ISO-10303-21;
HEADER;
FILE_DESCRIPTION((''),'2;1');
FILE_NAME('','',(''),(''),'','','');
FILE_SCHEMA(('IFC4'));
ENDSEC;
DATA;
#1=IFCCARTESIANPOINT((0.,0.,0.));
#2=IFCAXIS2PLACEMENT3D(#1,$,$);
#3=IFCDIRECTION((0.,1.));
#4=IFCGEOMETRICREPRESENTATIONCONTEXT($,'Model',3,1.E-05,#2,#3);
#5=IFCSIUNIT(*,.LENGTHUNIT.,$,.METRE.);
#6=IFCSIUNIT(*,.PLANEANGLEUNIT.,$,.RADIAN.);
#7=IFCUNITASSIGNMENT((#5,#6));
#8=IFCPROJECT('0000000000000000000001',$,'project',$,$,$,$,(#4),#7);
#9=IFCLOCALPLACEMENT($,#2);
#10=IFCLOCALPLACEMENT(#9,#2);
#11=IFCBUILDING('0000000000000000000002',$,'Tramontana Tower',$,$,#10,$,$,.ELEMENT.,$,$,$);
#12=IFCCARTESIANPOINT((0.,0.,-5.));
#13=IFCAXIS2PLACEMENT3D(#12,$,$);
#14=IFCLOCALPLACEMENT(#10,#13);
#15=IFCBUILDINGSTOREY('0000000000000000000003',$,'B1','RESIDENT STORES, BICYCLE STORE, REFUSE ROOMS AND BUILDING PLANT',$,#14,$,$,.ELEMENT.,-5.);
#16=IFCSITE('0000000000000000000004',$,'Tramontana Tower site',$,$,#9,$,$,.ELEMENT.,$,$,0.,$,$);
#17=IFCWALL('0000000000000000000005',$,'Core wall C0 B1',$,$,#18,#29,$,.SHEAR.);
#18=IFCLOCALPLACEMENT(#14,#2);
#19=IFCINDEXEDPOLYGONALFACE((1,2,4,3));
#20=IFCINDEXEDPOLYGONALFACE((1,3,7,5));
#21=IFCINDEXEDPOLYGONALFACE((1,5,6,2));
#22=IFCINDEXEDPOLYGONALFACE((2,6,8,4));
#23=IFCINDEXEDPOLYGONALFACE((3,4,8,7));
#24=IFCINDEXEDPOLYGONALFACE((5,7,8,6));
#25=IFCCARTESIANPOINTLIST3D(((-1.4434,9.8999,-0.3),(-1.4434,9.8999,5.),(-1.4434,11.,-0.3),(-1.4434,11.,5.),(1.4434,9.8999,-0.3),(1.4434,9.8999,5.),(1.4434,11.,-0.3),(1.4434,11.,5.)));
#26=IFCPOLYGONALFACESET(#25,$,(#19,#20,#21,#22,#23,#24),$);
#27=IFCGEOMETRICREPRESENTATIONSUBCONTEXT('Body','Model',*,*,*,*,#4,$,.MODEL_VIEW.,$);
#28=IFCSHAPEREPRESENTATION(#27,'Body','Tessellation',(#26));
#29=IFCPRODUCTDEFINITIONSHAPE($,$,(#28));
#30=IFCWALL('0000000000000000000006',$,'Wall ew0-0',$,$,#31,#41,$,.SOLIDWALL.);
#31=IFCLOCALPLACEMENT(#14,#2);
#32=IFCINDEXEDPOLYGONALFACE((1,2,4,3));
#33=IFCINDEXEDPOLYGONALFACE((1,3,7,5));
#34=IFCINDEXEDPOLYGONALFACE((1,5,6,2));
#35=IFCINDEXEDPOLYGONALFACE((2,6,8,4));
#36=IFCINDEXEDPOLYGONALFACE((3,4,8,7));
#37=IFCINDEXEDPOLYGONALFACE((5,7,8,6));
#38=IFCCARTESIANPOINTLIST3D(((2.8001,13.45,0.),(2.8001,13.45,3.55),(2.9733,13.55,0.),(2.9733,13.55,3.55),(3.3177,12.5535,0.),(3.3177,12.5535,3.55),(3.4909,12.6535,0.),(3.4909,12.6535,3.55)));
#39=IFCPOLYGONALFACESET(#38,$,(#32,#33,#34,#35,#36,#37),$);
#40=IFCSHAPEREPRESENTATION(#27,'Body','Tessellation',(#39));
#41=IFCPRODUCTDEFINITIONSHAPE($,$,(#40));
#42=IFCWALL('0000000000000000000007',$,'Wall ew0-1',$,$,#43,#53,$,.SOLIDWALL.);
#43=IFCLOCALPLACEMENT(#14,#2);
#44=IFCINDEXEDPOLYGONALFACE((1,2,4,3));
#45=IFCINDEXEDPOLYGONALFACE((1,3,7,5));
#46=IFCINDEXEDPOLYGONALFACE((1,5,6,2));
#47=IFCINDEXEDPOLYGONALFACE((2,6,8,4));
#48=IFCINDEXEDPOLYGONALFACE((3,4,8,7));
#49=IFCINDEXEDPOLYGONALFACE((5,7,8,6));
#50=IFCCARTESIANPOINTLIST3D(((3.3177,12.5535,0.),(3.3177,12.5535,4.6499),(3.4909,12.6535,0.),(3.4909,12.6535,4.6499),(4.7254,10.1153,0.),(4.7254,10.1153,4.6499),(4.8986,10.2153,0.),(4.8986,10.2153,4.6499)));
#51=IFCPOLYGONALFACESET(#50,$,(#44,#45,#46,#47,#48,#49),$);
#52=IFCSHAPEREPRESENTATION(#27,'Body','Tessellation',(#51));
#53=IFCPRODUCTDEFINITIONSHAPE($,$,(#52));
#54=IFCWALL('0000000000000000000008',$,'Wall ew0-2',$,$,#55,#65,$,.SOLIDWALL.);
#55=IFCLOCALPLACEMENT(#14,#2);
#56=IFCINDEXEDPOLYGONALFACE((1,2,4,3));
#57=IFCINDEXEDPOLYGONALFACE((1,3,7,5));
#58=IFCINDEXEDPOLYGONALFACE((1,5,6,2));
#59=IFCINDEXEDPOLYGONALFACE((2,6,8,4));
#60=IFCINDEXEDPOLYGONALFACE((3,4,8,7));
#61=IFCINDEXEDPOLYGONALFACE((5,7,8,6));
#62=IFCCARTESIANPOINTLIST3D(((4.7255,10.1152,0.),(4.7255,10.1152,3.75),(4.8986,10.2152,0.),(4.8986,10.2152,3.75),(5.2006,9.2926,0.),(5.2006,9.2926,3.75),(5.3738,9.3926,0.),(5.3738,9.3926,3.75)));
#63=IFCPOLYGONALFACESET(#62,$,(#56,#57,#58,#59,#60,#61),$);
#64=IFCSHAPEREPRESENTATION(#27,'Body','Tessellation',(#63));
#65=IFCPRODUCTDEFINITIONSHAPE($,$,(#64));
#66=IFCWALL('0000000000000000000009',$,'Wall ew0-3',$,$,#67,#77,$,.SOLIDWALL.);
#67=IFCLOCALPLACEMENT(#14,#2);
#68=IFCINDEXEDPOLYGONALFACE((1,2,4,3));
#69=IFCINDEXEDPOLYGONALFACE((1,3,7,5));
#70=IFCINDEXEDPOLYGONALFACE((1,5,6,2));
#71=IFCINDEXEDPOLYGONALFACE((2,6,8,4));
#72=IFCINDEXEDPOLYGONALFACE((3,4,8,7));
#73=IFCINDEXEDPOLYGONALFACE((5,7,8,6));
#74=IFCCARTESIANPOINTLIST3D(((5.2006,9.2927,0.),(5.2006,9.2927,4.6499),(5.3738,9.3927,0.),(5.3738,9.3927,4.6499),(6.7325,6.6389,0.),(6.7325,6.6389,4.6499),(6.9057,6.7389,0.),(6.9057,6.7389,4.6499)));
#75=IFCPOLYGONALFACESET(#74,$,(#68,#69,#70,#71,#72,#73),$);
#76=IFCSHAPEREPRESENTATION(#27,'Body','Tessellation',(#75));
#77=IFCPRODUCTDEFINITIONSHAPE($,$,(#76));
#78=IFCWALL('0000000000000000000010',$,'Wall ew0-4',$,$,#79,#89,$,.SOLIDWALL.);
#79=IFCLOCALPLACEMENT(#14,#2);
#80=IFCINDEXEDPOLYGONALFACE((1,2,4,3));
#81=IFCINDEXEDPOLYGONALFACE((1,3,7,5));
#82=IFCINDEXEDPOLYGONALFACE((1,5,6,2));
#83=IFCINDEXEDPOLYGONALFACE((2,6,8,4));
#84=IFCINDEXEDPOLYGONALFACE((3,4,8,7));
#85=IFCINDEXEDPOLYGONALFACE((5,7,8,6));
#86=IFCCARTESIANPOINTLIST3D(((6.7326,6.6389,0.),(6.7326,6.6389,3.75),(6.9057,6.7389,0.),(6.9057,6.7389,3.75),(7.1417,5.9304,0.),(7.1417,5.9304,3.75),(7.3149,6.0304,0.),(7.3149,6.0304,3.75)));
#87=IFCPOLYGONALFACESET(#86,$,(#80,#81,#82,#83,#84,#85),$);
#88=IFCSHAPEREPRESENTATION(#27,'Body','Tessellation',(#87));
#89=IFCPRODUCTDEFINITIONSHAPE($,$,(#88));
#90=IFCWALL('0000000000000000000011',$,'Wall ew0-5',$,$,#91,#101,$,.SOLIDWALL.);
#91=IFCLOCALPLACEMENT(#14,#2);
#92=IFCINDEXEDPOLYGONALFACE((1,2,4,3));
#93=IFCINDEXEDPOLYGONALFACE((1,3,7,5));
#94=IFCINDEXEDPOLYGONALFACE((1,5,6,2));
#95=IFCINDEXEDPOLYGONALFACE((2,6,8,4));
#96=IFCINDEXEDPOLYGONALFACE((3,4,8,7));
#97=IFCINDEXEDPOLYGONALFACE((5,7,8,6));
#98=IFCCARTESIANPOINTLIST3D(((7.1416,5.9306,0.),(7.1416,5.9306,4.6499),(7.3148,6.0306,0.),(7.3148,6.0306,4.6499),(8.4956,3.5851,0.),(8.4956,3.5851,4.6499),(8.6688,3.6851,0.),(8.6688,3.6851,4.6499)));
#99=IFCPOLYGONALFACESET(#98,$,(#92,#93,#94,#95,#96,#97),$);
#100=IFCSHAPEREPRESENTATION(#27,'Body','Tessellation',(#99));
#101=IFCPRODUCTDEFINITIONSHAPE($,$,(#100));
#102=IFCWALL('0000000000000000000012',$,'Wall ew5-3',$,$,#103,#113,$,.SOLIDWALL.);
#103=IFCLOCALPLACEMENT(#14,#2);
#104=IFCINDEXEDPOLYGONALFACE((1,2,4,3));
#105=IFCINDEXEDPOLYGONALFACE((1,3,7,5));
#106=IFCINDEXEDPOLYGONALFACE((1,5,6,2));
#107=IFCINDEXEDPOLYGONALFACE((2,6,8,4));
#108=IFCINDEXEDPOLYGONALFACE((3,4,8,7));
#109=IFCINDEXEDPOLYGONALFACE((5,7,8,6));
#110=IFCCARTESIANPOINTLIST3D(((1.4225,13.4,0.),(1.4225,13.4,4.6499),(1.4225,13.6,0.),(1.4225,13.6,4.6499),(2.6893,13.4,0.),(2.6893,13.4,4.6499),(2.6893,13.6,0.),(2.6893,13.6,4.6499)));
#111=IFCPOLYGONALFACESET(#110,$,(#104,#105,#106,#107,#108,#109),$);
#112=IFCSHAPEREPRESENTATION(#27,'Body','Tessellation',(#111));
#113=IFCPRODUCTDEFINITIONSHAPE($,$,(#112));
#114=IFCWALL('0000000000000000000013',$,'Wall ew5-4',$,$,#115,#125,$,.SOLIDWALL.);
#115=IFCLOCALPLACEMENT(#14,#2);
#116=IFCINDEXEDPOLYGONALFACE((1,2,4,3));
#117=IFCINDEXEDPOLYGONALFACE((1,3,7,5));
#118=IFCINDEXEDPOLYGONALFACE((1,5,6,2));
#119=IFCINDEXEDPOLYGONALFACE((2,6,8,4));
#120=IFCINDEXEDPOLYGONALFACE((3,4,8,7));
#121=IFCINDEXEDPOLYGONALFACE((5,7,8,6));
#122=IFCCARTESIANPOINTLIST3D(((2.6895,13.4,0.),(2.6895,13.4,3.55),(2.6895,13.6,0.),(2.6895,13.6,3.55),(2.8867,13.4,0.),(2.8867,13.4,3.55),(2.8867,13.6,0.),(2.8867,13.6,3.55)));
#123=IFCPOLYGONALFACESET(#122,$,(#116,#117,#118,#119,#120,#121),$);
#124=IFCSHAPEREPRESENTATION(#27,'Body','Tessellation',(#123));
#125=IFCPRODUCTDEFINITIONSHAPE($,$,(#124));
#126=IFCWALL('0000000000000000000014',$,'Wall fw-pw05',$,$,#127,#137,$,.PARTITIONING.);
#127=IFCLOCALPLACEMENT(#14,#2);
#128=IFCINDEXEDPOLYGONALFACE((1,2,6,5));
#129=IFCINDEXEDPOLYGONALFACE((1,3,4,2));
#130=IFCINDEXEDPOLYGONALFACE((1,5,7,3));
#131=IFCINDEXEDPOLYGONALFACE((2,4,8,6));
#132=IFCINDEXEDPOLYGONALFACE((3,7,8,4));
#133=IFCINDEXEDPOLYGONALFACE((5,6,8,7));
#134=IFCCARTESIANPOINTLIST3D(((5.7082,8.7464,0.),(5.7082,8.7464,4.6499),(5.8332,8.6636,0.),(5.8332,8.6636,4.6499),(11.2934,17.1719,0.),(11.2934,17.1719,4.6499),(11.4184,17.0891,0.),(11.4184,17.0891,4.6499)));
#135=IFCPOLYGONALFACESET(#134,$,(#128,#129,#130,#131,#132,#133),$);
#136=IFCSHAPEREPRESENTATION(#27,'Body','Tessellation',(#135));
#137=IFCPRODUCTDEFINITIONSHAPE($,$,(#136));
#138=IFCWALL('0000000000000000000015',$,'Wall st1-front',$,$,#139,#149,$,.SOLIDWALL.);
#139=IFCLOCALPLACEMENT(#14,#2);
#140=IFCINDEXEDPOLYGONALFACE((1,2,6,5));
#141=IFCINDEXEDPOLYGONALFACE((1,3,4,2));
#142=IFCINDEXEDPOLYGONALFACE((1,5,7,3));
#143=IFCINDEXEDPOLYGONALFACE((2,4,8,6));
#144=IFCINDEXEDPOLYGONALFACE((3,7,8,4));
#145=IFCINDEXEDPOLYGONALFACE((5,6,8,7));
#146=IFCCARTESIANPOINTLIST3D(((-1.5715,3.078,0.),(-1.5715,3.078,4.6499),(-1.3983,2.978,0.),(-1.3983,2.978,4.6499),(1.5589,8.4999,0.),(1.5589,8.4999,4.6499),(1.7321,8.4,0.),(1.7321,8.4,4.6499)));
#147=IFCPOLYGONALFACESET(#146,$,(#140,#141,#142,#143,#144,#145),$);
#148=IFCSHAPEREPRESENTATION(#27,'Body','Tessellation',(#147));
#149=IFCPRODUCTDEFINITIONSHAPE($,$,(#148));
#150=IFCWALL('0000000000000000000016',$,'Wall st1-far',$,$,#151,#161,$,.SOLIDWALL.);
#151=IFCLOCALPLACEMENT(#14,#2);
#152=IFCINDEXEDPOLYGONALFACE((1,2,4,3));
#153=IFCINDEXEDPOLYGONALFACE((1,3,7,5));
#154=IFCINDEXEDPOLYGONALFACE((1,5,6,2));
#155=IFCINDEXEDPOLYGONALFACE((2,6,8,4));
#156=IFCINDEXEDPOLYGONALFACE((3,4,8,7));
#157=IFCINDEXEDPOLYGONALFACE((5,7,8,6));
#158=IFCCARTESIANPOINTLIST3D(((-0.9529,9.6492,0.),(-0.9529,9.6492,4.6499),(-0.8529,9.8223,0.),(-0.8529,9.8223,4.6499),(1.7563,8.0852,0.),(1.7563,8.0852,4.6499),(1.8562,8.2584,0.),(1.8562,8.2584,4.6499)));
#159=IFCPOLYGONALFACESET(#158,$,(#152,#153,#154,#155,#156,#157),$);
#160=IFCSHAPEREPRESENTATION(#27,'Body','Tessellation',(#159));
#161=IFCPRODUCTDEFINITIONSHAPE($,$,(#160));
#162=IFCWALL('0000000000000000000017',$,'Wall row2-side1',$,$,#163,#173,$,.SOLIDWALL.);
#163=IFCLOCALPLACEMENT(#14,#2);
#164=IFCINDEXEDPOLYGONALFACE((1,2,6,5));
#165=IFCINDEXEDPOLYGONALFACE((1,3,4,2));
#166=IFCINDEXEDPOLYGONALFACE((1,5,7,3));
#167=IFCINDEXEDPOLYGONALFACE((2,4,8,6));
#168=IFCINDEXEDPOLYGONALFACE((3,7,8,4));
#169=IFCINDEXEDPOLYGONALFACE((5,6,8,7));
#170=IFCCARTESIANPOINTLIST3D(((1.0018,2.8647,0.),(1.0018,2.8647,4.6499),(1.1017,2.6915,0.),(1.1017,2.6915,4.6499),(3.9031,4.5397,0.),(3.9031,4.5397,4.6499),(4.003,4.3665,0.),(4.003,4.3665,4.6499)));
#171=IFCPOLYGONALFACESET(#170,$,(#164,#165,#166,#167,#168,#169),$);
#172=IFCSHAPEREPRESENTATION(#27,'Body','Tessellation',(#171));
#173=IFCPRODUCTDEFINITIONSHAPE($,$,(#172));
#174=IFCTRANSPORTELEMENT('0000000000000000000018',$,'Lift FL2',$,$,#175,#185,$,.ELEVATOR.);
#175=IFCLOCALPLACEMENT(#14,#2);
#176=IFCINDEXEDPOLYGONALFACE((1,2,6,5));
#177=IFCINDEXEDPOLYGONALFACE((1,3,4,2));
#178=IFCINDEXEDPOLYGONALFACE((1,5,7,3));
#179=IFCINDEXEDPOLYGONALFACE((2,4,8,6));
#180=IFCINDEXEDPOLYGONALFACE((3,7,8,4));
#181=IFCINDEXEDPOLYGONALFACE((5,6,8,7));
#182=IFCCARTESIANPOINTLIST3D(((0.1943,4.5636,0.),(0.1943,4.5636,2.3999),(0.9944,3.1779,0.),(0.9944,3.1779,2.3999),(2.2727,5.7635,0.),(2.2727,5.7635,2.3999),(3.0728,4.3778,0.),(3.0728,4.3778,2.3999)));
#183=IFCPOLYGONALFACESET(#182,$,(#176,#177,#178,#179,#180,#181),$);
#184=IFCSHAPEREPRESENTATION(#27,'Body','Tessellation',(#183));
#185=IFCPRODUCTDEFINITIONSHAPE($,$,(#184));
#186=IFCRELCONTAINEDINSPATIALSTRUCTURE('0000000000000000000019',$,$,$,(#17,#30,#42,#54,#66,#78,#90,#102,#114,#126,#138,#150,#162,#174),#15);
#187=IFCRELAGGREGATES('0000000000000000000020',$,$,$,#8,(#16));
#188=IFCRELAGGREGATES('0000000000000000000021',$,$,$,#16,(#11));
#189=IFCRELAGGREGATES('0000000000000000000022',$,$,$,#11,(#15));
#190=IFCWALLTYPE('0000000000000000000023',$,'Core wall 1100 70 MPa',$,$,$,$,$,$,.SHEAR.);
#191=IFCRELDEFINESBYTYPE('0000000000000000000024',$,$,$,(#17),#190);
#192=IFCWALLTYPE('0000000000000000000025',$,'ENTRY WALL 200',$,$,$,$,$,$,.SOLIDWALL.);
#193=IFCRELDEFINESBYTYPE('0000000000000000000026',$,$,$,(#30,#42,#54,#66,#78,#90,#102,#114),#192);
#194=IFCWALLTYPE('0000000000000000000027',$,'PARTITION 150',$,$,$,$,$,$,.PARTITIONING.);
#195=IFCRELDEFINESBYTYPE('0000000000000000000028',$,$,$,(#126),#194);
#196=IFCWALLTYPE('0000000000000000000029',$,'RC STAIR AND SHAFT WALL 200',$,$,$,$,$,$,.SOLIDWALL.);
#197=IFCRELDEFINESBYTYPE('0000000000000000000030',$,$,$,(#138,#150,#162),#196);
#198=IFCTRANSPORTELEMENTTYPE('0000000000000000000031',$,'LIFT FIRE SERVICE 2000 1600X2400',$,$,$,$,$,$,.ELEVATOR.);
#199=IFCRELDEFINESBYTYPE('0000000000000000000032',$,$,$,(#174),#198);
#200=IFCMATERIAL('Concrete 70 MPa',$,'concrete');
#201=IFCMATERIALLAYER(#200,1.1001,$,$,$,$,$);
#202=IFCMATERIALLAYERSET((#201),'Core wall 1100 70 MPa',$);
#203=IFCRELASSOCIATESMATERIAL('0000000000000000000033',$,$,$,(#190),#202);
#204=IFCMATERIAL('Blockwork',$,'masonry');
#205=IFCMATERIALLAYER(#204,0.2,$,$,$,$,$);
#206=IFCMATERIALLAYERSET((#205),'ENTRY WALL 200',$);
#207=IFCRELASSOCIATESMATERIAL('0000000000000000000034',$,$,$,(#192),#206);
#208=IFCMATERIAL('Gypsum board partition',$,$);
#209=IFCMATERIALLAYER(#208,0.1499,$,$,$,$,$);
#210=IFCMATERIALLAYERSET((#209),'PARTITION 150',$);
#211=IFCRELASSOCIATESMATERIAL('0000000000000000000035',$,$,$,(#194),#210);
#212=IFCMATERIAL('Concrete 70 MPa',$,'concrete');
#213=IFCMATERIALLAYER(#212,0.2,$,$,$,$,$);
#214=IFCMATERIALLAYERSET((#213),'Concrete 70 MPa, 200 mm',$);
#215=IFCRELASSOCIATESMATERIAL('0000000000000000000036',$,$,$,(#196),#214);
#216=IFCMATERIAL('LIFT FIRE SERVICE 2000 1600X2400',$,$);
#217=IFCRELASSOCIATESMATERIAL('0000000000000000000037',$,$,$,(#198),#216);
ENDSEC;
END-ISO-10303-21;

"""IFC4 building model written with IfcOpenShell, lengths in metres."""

from ifc_helpers import new_model, si_unit, direction, frame, frame_2d, origin, origin_2d, place, context, subcontext, project, spatial, rectangle, extrude, material, layer, layer_set, type_object, element, save


model = new_model("IFC4")

# Units and contexts
model_context = context("Model", 3, precision=1e-05, world=origin(), true_north=direction((0.0, 1.0)))
body_context = subcontext(model_context, "Body", "Model", "MODEL_VIEW")
ifc_project = project(units=[si_unit("LENGTHUNIT", "METRE"), si_unit("PLANEANGLEUNIT", "RADIAN")], contexts=[model_context])

# Site, building, storey
site_placement = place(None, origin())
site = spatial("IfcSite", under=ifc_project, at=site_placement, Name="Tramontana Tower site", CompositionType="ELEMENT", RefElevation=0.0)
building_placement = place(site_placement, origin())
building = spatial("IfcBuilding", under=site, at=building_placement, Name="Tramontana Tower", CompositionType="ELEMENT")
storey_placement = place(building_placement, frame((0.0, 0.0, -5.0)))
storey = spatial("IfcBuildingStorey", under=building, at=storey_placement, Name="B1", Description="RESIDENT STORES, BICYCLE STORE, REFUSE ROOMS AND BUILDING PLANT", CompositionType="ELEMENT", Elevation=-5.0)

# Walls
ifc_material_1 = material(Name="Concrete 70 MPa", Category="concrete")
ifc_layer_1 = layer(ifc_material_1, 1.1001)
ifc_layer_set_1 = layer_set([ifc_layer_1], Name="Core wall 1100 70 MPa")
wall_type_1 = type_object("IfcWallType", Name="Core wall 1100 70 MPa", PredefinedType="SHEAR", material=ifc_layer_set_1)
wall_1_placement = place(storey_placement, frame((1.4434, 10.45, -0.3), z_axis=(0.0, 0.0, 1.0), x_axis=(-1.0, 0.0, 0.0)))
element("IfcWall", 1, at=wall_1_placement, inside=storey, type_object=wall_type_1, Name="Core wall C0 B1", PredefinedType="SHEAR", context=body_context, shape_type="SweptSolid", body=[
    extrude(rectangle(XDim=2.8867, YDim=1.1001, at=frame_2d((1.4434, 0.0))), origin(), (0.0, 0.0, 1.0), 5.3),
])
ifc_material_2 = material(Name="Blockwork", Category="masonry")
ifc_layer_2 = layer(ifc_material_2, 0.2)
ifc_layer_set_2 = layer_set([ifc_layer_2], Name="ENTRY WALL 200")
wall_type_2 = type_object("IfcWallType", Name="ENTRY WALL 200", PredefinedType="SOLIDWALL", material=ifc_layer_set_2)
wall_2_placement = place(storey_placement, frame((2.8867, 13.5, 0.0), z_axis=(0.0, 0.0, 1.0), x_axis=(0.499995, -0.866028, 0.0)))
element("IfcWall", 2, at=wall_2_placement, inside=storey, type_object=wall_type_2, Name="Wall ew0-0", PredefinedType="SOLIDWALL", context=body_context, shape_type="SweptSolid", body=[
    extrude(rectangle(XDim=1.0352, YDim=0.2, at=frame_2d((0.5176, 0.0))), origin(), (0.0, 0.0, 1.0), 3.55),
])
wall_3_placement = place(storey_placement, frame((3.4043, 12.6035, 0.0), z_axis=(0.0, 0.0, 1.0), x_axis=(0.5, -0.866025, 0.0)))
element("IfcWall", 3, at=wall_3_placement, inside=storey, type_object=wall_type_2, Name="Wall ew0-1", PredefinedType="SOLIDWALL", context=body_context, shape_type="SweptSolid", body=[
    extrude(rectangle(XDim=2.8154, YDim=0.2, at=frame_2d((1.4077, 0.0))), origin(), (0.0, 0.0, 1.0), 4.6499),
])
wall_4_placement = place(storey_placement, frame((4.812, 10.1653, 0.0), z_axis=(0.0, 0.0, 1.0), x_axis=(0.500175, -0.865924, 0.0)))
element("IfcWall", 4, at=wall_4_placement, inside=storey, type_object=wall_type_2, Name="Wall ew0-2", PredefinedType="SOLIDWALL", context=body_context, shape_type="SweptSolid", body=[
    extrude(rectangle(XDim=0.95, YDim=0.2, at=frame_2d((0.4751, 0.0))), origin(), (0.0, 0.0, 1.0), 3.75),
])
wall_5_placement = place(storey_placement, frame((5.2871, 9.3428, 0.0), z_axis=(0.0, 0.0, 1.0), x_axis=(0.499952, -0.866053, 0.0)))
element("IfcWall", 5, at=wall_5_placement, inside=storey, type_object=wall_type_2, Name="Wall ew0-3", PredefinedType="SOLIDWALL", context=body_context, shape_type="SweptSolid", body=[
    extrude(rectangle(XDim=3.0642, YDim=0.2, at=frame_2d((1.5322, 0.0))), origin(), (0.0, 0.0, 1.0), 4.6499),
])
wall_6_placement = place(storey_placement, frame((6.8191, 6.689, 0.0), z_axis=(0.0, 0.0, 1.0), x_axis=(0.500119, -0.865957, 0.0)))
element("IfcWall", 6, at=wall_6_placement, inside=storey, type_object=wall_type_2, Name="Wall ew0-4", PredefinedType="SOLIDWALL", context=body_context, shape_type="SweptSolid", body=[
    extrude(rectangle(XDim=0.8181, YDim=0.2, at=frame_2d((0.4092, 0.0))), origin(), (0.0, 0.0, 1.0), 3.75),
])
wall_7_placement = place(storey_placement, frame((7.2283, 5.9805, 0.0), z_axis=(0.0, 0.0, 1.0), x_axis=(0.499959, -0.866049, 0.0)))
element("IfcWall", 7, at=wall_7_placement, inside=storey, type_object=wall_type_2, Name="Wall ew0-5", PredefinedType="SOLIDWALL", context=body_context, shape_type="SweptSolid", body=[
    extrude(rectangle(XDim=2.7083, YDim=0.2, at=frame_2d((1.354, 0.0))), origin(), (0.0, 0.0, 1.0), 4.6499),
])

# Walls
wall_8_placement = place(storey_placement, frame((1.4226, 13.5, 0.0), z_axis=(0.0, 0.0, 1.0), x_axis=(1.0, 0.0, 0.0)))
element("IfcWall", 8, at=wall_8_placement, inside=storey, type_object=wall_type_2, Name="Wall ew5-3", PredefinedType="SOLIDWALL", context=body_context, shape_type="SweptSolid", body=[
    extrude(rectangle(XDim=1.2668, YDim=0.2, at=frame_2d((0.6333, 0.0))), origin(), (0.0, 0.0, 1.0), 4.6499),
])
wall_9_placement = place(storey_placement, frame((2.6895, 13.5, 0.0), z_axis=(0.0, 0.0, 1.0), x_axis=(1.0, 0.0, 0.0)))
element("IfcWall", 9, at=wall_9_placement, inside=storey, type_object=wall_type_2, Name="Wall ew5-4", PredefinedType="SOLIDWALL", context=body_context, shape_type="SweptSolid", body=[
    extrude(rectangle(XDim=0.1973, YDim=0.2, at=frame_2d((0.0986, 0.0))), origin(), (0.0, 0.0, 1.0), 3.55),
])
ifc_material_3 = material(Name="Gypsum board partition")
ifc_layer_3 = layer(ifc_material_3, 0.1499)
ifc_layer_set_3 = layer_set([ifc_layer_3], Name="PARTITION 150")
wall_type_3 = type_object("IfcWallType", Name="PARTITION 150", PredefinedType="PARTITIONING", material=ifc_layer_set_3)
wall_10_placement = place(storey_placement, frame((5.7708, 8.7051, 0.0), z_axis=(0.0, 0.0, 1.0), x_axis=(0.552519, 0.8335, 0.0)))
element("IfcWall", 10, at=wall_10_placement, inside=storey, type_object=wall_type_3, Name="Wall fw-pw05", PredefinedType="PARTITIONING", context=body_context, shape_type="SweptSolid", body=[
    extrude(rectangle(XDim=10.1086, YDim=0.1499, at=frame_2d((5.0542, 0.0))), origin(), (0.0, 0.0, 1.0), 4.6499),
])
ifc_material_4 = material(Name="Concrete 70 MPa", Category="concrete")
ifc_layer_4 = layer(ifc_material_4, 0.2)
ifc_layer_set_4 = layer_set([ifc_layer_4], Name="Concrete 70 MPa, 200 mm")
wall_type_4 = type_object("IfcWallType", Name="RC STAIR AND SHAFT WALL 200", PredefinedType="SOLIDWALL", material=ifc_layer_set_4)
wall_11_placement = place(storey_placement, frame((1.6455, 8.45, 0.0), z_axis=(0.0, 0.0, 1.0), x_axis=(-0.500006, -0.866022, 0.0)))
element("IfcWall", 11, at=wall_11_placement, inside=storey, type_object=wall_type_4, Name="Wall st1-front", PredefinedType="SOLIDWALL", context=body_context, shape_type="SweptSolid", body=[
    extrude(rectangle(XDim=6.2607, YDim=0.2, at=frame_2d((3.1304, 0.0))), origin(), (0.0, 0.0, 1.0), 4.6499),
])
wall_12_placement = place(storey_placement, frame((1.8062, 8.1719, 0.0), z_axis=(0.0, 0.0, 1.0), x_axis=(-0.866054, 0.49995, 0.0)))
element("IfcWall", 12, at=wall_12_placement, inside=storey, type_object=wall_type_4, Name="Wall st1-far", PredefinedType="SOLIDWALL", context=body_context, shape_type="SweptSolid", body=[
    extrude(rectangle(XDim=3.1282, YDim=0.2, at=frame_2d((1.564, 0.0))), origin(), (0.0, 0.0, 1.0), 4.6499),
])
wall_13_placement = place(storey_placement, frame((1.0518, 2.7781, 0.0), z_axis=(0.0, 0.0, 1.0), x_axis=(0.866033, 0.499987, 0.0)))
element("IfcWall", 13, at=wall_13_placement, inside=storey, type_object=wall_type_4, Name="Wall row2-side1", PredefinedType="SOLIDWALL", context=body_context, shape_type="SweptSolid", body=[
    extrude(rectangle(XDim=3.3501, YDim=0.2, at=frame_2d((1.675, 0.0))), origin(), (0.0, 0.0, 1.0), 4.6499),
])

# Transport element
ifc_material_5 = material(Name="LIFT FIRE SERVICE 2000 1600X2400")
transport_element_type = type_object("IfcTransportElementType", Name="LIFT FIRE SERVICE 2000 1600X2400", PredefinedType="ELEVATOR", material=ifc_material_5)
transport_element_placement = place(storey_placement, frame((1.6335, 4.4707, 0.0), z_axis=(0.0, 0.0, 1.0), x_axis=(-0.5, 0.866025, 0.0)))
element("IfcTransportElement", 14, at=transport_element_placement, inside=storey, type_object=transport_element_type, Name="Lift FL2", PredefinedType="ELEVATOR", context=body_context, shape_type="SweptSolid", body=[
    extrude(rectangle(XDim=1.6001, YDim=2.3999, at=origin_2d()), origin(), (0.0, 0.0, 1.0), 2.3999),
])

save(model, "model.ifc")
